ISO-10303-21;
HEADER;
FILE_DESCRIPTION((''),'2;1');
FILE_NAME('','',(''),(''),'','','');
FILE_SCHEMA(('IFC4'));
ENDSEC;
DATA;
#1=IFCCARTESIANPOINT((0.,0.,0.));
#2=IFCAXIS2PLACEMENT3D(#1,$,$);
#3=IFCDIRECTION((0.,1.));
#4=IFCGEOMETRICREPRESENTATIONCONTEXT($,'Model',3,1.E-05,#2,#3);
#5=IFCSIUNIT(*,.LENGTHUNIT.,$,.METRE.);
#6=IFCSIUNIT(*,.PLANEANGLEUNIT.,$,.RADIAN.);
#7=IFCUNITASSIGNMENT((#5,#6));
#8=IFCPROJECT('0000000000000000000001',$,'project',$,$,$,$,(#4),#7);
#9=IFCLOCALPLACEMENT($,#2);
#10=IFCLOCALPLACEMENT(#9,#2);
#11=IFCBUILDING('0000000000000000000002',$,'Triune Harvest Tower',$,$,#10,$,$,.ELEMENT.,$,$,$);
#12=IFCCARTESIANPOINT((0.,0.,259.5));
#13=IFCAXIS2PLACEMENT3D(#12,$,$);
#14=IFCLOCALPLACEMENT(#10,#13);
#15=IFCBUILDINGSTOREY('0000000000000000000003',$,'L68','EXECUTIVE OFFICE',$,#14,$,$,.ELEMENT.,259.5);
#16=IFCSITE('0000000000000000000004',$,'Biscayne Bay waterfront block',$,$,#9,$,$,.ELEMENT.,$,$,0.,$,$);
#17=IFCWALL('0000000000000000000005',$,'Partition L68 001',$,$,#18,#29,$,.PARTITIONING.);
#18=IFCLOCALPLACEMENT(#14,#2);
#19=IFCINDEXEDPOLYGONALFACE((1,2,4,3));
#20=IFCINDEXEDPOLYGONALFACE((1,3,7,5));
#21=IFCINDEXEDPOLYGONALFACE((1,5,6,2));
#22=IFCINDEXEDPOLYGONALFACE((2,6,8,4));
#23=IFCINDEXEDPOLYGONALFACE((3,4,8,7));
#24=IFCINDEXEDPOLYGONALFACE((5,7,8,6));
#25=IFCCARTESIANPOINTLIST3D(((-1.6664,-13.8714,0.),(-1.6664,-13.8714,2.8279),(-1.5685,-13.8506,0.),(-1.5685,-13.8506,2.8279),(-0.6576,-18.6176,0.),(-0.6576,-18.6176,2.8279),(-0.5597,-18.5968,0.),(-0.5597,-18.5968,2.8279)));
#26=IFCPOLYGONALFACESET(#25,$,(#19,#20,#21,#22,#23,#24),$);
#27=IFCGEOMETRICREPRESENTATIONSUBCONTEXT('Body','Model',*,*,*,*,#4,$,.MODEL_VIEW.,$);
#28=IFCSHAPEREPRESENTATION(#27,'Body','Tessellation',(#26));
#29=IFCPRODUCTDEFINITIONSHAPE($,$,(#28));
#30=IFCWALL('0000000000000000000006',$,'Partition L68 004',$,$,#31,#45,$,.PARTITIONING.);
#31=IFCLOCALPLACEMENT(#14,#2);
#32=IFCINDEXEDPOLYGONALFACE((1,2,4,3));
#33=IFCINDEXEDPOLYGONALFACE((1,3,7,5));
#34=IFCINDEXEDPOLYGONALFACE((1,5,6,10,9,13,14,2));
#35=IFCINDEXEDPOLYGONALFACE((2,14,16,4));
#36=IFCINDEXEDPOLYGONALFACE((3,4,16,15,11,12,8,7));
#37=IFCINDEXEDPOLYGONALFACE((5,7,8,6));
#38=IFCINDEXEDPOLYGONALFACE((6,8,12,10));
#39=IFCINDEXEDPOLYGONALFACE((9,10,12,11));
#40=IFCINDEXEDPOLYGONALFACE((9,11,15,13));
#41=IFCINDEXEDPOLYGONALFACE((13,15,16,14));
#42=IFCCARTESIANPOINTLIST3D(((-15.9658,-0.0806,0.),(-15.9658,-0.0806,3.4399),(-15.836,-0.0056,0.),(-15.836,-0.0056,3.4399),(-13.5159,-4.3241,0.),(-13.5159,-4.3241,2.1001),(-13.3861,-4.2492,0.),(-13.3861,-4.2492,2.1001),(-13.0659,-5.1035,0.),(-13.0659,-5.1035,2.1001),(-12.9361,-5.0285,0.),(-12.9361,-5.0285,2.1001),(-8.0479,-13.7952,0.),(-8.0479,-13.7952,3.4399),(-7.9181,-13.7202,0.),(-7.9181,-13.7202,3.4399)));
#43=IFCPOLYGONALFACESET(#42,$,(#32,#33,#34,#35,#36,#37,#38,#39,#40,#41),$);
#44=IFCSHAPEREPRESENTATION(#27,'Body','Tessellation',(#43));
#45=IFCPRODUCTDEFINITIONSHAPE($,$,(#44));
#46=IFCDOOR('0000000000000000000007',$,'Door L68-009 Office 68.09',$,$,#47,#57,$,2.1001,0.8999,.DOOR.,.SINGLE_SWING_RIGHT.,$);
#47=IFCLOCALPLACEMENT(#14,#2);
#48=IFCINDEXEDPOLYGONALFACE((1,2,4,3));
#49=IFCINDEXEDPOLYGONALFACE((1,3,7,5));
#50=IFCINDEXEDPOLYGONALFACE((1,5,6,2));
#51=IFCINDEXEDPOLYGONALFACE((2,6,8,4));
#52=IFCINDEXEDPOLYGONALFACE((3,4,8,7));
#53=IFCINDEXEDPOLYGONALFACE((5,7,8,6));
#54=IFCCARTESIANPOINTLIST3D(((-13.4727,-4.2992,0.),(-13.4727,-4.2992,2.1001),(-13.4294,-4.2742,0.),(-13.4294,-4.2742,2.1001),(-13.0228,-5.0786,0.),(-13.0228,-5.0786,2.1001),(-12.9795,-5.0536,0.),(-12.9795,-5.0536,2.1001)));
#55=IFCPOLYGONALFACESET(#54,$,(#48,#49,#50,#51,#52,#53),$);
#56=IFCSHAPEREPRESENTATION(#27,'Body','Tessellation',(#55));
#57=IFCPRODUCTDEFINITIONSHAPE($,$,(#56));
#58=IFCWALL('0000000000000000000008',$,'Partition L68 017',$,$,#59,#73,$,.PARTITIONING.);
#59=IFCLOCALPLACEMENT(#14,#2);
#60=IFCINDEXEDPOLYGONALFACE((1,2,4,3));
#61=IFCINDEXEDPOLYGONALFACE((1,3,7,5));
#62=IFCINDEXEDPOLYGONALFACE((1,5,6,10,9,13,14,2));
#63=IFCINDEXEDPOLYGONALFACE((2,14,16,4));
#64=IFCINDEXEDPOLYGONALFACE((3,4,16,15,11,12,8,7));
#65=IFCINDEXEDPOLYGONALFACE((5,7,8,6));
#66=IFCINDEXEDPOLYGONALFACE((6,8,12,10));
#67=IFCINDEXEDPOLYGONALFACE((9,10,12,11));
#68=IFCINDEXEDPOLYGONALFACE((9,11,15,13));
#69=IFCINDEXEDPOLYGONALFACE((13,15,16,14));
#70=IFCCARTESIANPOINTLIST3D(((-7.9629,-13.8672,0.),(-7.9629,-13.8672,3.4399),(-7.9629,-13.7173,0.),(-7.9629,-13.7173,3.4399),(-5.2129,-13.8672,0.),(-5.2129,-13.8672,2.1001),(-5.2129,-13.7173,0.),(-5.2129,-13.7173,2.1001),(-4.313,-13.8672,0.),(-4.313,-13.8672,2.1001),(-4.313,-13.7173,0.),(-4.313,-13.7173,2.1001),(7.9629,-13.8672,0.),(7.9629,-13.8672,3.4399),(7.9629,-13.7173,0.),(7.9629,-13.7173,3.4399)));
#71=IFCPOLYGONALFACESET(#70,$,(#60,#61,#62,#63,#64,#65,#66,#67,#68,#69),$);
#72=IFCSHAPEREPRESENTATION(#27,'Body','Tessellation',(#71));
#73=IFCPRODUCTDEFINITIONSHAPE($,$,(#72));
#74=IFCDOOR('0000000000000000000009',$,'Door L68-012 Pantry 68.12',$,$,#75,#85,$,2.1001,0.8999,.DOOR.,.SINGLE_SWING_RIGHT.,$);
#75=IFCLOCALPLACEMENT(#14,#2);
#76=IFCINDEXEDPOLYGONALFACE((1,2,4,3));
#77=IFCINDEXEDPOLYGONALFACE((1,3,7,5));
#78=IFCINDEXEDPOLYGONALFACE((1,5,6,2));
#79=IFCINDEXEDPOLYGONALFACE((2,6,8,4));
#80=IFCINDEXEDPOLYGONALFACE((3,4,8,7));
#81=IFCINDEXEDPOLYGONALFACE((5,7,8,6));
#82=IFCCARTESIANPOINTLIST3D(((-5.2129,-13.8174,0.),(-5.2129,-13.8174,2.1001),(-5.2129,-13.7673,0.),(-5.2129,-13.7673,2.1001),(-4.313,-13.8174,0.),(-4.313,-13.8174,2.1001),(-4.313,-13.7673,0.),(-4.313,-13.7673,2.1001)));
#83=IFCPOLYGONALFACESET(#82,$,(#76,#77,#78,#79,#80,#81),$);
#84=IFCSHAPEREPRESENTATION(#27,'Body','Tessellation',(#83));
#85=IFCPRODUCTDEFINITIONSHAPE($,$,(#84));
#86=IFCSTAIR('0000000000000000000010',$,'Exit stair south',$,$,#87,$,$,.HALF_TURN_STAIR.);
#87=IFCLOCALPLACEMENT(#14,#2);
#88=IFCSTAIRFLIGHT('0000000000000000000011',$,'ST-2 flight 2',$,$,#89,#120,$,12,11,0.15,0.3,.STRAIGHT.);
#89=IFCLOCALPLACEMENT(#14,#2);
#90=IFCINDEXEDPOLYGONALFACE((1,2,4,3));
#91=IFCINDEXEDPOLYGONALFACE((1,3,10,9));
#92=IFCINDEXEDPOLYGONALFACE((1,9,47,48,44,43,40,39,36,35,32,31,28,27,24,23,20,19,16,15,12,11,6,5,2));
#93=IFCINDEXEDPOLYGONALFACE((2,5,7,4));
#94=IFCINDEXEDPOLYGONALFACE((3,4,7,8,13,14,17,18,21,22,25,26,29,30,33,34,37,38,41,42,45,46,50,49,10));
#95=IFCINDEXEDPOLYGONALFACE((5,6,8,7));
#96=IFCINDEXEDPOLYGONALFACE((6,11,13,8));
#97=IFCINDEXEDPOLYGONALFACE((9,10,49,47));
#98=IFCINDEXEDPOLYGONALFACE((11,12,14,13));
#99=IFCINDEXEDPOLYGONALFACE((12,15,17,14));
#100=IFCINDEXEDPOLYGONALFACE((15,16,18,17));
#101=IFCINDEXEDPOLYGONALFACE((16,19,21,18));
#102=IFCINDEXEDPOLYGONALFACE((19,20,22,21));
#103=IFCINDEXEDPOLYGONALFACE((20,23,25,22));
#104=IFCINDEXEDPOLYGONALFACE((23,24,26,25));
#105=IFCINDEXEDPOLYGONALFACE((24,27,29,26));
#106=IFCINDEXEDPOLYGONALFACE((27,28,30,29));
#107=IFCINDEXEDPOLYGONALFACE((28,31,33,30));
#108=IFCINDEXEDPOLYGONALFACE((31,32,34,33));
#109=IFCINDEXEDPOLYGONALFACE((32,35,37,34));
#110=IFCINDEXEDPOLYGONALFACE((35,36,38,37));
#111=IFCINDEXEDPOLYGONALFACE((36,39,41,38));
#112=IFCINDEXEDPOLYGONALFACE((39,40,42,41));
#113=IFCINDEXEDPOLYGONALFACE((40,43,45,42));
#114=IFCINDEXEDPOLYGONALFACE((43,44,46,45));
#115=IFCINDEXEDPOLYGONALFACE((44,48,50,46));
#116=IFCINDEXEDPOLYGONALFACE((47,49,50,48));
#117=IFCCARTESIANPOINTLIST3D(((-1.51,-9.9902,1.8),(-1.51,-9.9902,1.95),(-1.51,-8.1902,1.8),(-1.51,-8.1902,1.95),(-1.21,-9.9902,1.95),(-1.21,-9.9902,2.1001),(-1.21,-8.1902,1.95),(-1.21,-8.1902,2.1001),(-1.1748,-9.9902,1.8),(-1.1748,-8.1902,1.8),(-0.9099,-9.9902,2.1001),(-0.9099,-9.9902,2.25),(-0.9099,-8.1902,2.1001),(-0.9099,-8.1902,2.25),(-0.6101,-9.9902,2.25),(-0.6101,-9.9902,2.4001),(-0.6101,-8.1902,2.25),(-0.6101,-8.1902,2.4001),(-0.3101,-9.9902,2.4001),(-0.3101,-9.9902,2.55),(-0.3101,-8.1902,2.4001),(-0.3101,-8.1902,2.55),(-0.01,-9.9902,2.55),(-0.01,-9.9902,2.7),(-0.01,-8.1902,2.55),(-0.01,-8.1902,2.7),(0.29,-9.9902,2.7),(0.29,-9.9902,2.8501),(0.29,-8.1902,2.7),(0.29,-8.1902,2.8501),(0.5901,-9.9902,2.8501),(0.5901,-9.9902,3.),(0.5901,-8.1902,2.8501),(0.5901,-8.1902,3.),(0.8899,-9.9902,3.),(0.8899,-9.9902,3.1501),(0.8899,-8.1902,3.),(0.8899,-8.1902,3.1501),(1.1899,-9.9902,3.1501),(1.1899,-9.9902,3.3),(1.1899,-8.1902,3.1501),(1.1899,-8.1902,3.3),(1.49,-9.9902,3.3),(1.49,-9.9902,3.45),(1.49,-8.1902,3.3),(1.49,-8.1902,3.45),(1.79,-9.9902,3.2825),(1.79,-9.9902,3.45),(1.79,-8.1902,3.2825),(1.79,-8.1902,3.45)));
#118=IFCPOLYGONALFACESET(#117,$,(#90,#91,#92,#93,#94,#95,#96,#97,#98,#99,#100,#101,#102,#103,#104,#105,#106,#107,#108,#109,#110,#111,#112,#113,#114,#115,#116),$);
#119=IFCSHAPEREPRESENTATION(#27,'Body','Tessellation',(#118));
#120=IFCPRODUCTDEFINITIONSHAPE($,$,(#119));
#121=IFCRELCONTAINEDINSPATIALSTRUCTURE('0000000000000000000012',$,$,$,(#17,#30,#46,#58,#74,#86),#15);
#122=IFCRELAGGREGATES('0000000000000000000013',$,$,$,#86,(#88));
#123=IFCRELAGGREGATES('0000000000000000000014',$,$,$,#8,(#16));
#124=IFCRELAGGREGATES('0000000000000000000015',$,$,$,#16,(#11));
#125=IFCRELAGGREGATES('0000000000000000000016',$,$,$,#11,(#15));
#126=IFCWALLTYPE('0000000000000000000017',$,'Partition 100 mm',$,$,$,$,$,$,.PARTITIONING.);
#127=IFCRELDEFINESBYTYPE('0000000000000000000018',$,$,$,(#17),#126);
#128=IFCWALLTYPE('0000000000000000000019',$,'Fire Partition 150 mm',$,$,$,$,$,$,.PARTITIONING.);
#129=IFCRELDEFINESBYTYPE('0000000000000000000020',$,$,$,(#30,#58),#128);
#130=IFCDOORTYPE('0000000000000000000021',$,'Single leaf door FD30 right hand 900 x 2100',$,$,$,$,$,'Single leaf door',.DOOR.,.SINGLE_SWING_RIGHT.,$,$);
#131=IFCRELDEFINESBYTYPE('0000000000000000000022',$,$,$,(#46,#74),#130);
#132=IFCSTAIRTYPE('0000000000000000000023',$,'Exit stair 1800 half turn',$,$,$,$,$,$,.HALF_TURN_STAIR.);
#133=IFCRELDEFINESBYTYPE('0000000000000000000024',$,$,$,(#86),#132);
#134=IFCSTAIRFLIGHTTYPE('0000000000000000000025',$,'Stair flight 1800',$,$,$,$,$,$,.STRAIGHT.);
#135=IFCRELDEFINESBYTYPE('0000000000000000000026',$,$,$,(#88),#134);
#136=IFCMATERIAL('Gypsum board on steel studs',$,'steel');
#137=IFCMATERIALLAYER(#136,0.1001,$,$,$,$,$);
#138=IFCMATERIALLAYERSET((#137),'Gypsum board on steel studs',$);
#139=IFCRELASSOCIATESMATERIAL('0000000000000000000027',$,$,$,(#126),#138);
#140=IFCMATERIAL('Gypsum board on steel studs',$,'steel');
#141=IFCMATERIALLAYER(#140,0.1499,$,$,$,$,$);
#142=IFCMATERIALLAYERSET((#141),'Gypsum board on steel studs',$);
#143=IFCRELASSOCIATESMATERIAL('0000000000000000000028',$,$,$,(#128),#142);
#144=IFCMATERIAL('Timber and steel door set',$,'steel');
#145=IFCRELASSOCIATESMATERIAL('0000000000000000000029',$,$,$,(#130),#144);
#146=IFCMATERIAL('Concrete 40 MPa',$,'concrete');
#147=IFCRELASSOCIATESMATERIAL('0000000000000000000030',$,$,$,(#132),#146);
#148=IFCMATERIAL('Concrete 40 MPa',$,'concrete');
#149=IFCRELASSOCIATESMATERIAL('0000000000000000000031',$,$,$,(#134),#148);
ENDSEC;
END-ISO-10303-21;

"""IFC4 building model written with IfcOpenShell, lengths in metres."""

from ifc_helpers import new_model, si_unit, direction, frame, frame_2d, origin, place, context, subcontext, project, spatial, polyline, rectangle, outline, extrude, source, transform, mapped, material, layer, layer_set, type_object, element, fill, aggregate, save


model = new_model("IFC4")

# Units and contexts
model_context = context("Model", 3, precision=1e-05, world=origin(), true_north=direction((0.0, 1.0)))
body_context = subcontext(model_context, "Body", "Model", "MODEL_VIEW")
ifc_project = project(units=[si_unit("LENGTHUNIT", "METRE"), si_unit("PLANEANGLEUNIT", "RADIAN")], contexts=[model_context])

# Site, building, storey
site_placement = place(None, origin())
site = spatial("IfcSite", under=ifc_project, at=site_placement, Name="Biscayne Bay waterfront block", CompositionType="ELEMENT", RefElevation=0.0)
building_placement = place(site_placement, origin())
building = spatial("IfcBuilding", under=site, at=building_placement, Name="Triune Harvest Tower", CompositionType="ELEMENT")
storey_placement = place(building_placement, frame((0.0, 0.0, 259.5)))
storey = spatial("IfcBuildingStorey", under=building, at=storey_placement, Name="L68", Description="EXECUTIVE OFFICE", CompositionType="ELEMENT", Elevation=259.5)

# Shared definitions
ifc_material_1 = material(Name="Gypsum board on steel studs", Category="steel")
ifc_layer_1 = layer(ifc_material_1, 0.1001)
ifc_layer_set_1 = layer_set([ifc_layer_1], Name="Gypsum board on steel studs")
wall_type_1 = type_object("IfcWallType", Name="Partition 100 mm", PredefinedType="PARTITIONING", material=ifc_layer_set_1)

# Wall
shared_shape_1 = source(origin(), body_context, "Body", "SweptSolid", [
    extrude(rectangle(XDim=4.8523, YDim=0.1001, at=frame_2d((2.4263, 0.0))), origin(), (0.0, 0.0, 1.0), 2.8279),
])
wall_1_placement = place(storey_placement, frame((-1.6174, -13.8608, 0.0), z_axis=(0.0, 0.0, 1.0), x_axis=(0.207897, -0.978151, 0.0)))
element("IfcWall", 1, at=wall_1_placement, inside=storey, type_object=wall_type_1, Name="Partition L68 001", PredefinedType="PARTITIONING", context=body_context, shape_type="MappedRepresentation", body=[
    mapped(shared_shape_1, transform((0.0, 0.0, 0.0), scale=1.0)),
])

# Walls, openings, doors
ifc_material_2 = material(Name="Gypsum board on steel studs", Category="steel")
ifc_layer_2 = layer(ifc_material_2, 0.1499)
ifc_layer_set_2 = layer_set([ifc_layer_2], Name="Gypsum board on steel studs")
wall_type_2 = type_object("IfcWallType", Name="Fire Partition 150 mm", PredefinedType="PARTITIONING", material=ifc_layer_set_2)
shared_shape_2 = source(origin(), body_context, "Body", "SweptSolid", [
    extrude(rectangle(XDim=15.8362, YDim=0.1499, at=frame_2d((7.918, 0.0))), origin(), (0.0, 0.0, 1.0), 3.4399),
])
wall_2_placement = place(storey_placement, frame((-15.9009, -0.0432, 0.0), z_axis=(0.0, 0.0, 1.0), x_axis=(0.499992, -0.86603, 0.0)))
wall_2 = element("IfcWall", 2, at=wall_2_placement, inside=storey, type_object=wall_type_2, Name="Partition L68 004", PredefinedType="PARTITIONING", context=body_context, shape_type="MappedRepresentation", body=[
    mapped(shared_shape_2, transform((0.0, 0.0, 0.0), scale=1.0)),
])
opening_1_placement = place(wall_2_placement, frame((4.8999, 0.0, 0.0)))
opening_1 = element("IfcOpeningElement", 3, at=opening_1_placement, cuts=wall_2, PredefinedType="OPENING", context=body_context, shape_type="SweptSolid", body=[
    extrude(rectangle(XDim=0.8999, YDim=2.1001, at=frame_2d((0.45, 1.05))), frame((0.0, 0.085, 0.0), z_axis=(0.0, -1.0, 0.0), x_axis=(1.0, 0.0, 0.0)), (0.0, 0.0, 1.0), 0.1699),
])
ifc_material_3 = material(Name="Timber and steel door set", Category="steel")
door_type_1 = type_object("IfcDoorType", Name="Single leaf door FD30 right hand 900 x 2100", ElementType="Single leaf door", OperationType="SINGLE_SWING_RIGHT", PredefinedType="DOOR", material=ifc_material_3)
door_1_placement = place(opening_1_placement, origin())
door_1 = element("IfcDoor", 4, at=door_1_placement, inside=storey, type_object=door_type_1, Name="Door L68-009 Office 68.09", OperationType="SINGLE_SWING_RIGHT", OverallHeight=2.1001, OverallWidth=0.8999, PredefinedType="DOOR", context=body_context, shape_type="SweptSolid", body=[
    extrude(rectangle(XDim=0.8999, YDim=2.1001, at=frame_2d((0.45, 1.05))), frame((0.0, 0.0249, 0.0), z_axis=(0.0, -1.0, 0.0), x_axis=(1.0, 0.0, 0.0)), (0.0, 0.0, 1.0), 0.05),
])
fill(opening_1, door_1)
shared_shape_3 = source(origin(), body_context, "Body", "SweptSolid", [
    extrude(rectangle(XDim=15.9258, YDim=0.1499, at=frame_2d((7.9629, 0.0))), origin(), (0.0, 0.0, 1.0), 3.4399),
])
wall_3_placement = place(storey_placement, frame((-7.9629, -13.7922, 0.0), z_axis=(0.0, 0.0, 1.0), x_axis=(1.0, 0.0, 0.0)))
wall_3 = element("IfcWall", 5, at=wall_3_placement, inside=storey, type_object=wall_type_2, Name="Partition L68 017", PredefinedType="PARTITIONING", context=body_context, shape_type="MappedRepresentation", body=[
    mapped(shared_shape_3, transform((0.0, 0.0, 0.0), scale=1.0)),
])
opening_2_placement = place(wall_3_placement, frame((2.75, 0.0, 0.0)))
opening_2 = element("IfcOpeningElement", 6, at=opening_2_placement, cuts=wall_3, PredefinedType="OPENING", context=body_context, shape_type="SweptSolid", body=[
    extrude(rectangle(XDim=0.8999, YDim=2.1001, at=frame_2d((0.45, 1.05))), frame((0.0, 0.085, 0.0), z_axis=(0.0, -1.0, 0.0), x_axis=(1.0, 0.0, 0.0)), (0.0, 0.0, 1.0), 0.1699),
])
door_2_placement = place(opening_2_placement, origin())
door_2 = element("IfcDoor", 7, at=door_2_placement, inside=storey, type_object=door_type_1, Name="Door L68-012 Pantry 68.12", OperationType="SINGLE_SWING_RIGHT", OverallHeight=2.1001, OverallWidth=0.8999, PredefinedType="DOOR", context=body_context, shape_type="SweptSolid", body=[
    extrude(rectangle(XDim=0.8999, YDim=2.1001, at=frame_2d((0.45, 1.05))), frame((0.0, 0.0249, 0.0), z_axis=(0.0, -1.0, 0.0), x_axis=(1.0, 0.0, 0.0)), (0.0, 0.0, 1.0), 0.05),
])
fill(opening_2, door_2)

# Stair, stair flight
ifc_material_4 = material(Name="Concrete 40 MPa", Category="concrete")
stair_type = type_object("IfcStairType", Name="Exit stair 1800 half turn", PredefinedType="HALF_TURN_STAIR", material=ifc_material_4)
stair_placement = place(storey_placement, origin())
stair = element("IfcStair", 8, at=stair_placement, inside=storey, type_object=stair_type, Name="Exit stair south", PredefinedType="HALF_TURN_STAIR")
ifc_material_5 = material(Name="Concrete 40 MPa", Category="concrete")
stair_flight_type = type_object("IfcStairFlightType", Name="Stair flight 1800", PredefinedType="STRAIGHT", material=ifc_material_5)
shared_shape_4 = source(origin(), body_context, "Body", "SweptSolid", [
    extrude(outline(polyline([(0.0, 0.0), (0.0, 0.1499), (0.3, 0.1499), (0.3, 0.3), (0.6001, 0.3), (0.6001, 0.45), (0.8999, 0.45), (0.8999, 0.6001), (1.2, 0.6001), (1.2, 0.75), (1.5, 0.75), (1.5, 0.8999), (1.8, 0.8999), (1.8, 1.05), (2.1001, 1.05), (2.1001, 1.2), (2.3999, 1.2), (2.3999, 1.3501), (2.7, 1.3501), (2.7, 1.5), (3.0, 1.5), (3.0, 1.6499), (3.3, 1.6499), (3.3, 1.8), (3.3, 1.4824), (0.3352, 0.0), (0.0, 0.0)])), frame((0.0, 0.8999, 0.0), z_axis=(0.0, -1.0, 0.0), x_axis=(1.0, 0.0, 0.0)), (0.0, 0.0, 1.0), 1.8),
])
stair_flight_placement = place(storey_placement, frame((-1.51, -9.0901, 1.8), z_axis=(0.0, 0.0, 1.0), x_axis=(1.0, 0.0, 0.0)))
stair_flight = element("IfcStairFlight", 9, at=stair_flight_placement, type_object=stair_flight_type, Name="ST-2 flight 2", NumberOfRisers=12, NumberOfTreads=11, PredefinedType="STRAIGHT", RiserHeight=0.15, TreadLength=0.3, context=body_context, shape_type="MappedRepresentation", body=[
    mapped(shared_shape_4, transform((0.0, 0.0, 0.0), scale=1.0)),
])
aggregate(stair, [stair_flight])

save(model, "model.ifc")
